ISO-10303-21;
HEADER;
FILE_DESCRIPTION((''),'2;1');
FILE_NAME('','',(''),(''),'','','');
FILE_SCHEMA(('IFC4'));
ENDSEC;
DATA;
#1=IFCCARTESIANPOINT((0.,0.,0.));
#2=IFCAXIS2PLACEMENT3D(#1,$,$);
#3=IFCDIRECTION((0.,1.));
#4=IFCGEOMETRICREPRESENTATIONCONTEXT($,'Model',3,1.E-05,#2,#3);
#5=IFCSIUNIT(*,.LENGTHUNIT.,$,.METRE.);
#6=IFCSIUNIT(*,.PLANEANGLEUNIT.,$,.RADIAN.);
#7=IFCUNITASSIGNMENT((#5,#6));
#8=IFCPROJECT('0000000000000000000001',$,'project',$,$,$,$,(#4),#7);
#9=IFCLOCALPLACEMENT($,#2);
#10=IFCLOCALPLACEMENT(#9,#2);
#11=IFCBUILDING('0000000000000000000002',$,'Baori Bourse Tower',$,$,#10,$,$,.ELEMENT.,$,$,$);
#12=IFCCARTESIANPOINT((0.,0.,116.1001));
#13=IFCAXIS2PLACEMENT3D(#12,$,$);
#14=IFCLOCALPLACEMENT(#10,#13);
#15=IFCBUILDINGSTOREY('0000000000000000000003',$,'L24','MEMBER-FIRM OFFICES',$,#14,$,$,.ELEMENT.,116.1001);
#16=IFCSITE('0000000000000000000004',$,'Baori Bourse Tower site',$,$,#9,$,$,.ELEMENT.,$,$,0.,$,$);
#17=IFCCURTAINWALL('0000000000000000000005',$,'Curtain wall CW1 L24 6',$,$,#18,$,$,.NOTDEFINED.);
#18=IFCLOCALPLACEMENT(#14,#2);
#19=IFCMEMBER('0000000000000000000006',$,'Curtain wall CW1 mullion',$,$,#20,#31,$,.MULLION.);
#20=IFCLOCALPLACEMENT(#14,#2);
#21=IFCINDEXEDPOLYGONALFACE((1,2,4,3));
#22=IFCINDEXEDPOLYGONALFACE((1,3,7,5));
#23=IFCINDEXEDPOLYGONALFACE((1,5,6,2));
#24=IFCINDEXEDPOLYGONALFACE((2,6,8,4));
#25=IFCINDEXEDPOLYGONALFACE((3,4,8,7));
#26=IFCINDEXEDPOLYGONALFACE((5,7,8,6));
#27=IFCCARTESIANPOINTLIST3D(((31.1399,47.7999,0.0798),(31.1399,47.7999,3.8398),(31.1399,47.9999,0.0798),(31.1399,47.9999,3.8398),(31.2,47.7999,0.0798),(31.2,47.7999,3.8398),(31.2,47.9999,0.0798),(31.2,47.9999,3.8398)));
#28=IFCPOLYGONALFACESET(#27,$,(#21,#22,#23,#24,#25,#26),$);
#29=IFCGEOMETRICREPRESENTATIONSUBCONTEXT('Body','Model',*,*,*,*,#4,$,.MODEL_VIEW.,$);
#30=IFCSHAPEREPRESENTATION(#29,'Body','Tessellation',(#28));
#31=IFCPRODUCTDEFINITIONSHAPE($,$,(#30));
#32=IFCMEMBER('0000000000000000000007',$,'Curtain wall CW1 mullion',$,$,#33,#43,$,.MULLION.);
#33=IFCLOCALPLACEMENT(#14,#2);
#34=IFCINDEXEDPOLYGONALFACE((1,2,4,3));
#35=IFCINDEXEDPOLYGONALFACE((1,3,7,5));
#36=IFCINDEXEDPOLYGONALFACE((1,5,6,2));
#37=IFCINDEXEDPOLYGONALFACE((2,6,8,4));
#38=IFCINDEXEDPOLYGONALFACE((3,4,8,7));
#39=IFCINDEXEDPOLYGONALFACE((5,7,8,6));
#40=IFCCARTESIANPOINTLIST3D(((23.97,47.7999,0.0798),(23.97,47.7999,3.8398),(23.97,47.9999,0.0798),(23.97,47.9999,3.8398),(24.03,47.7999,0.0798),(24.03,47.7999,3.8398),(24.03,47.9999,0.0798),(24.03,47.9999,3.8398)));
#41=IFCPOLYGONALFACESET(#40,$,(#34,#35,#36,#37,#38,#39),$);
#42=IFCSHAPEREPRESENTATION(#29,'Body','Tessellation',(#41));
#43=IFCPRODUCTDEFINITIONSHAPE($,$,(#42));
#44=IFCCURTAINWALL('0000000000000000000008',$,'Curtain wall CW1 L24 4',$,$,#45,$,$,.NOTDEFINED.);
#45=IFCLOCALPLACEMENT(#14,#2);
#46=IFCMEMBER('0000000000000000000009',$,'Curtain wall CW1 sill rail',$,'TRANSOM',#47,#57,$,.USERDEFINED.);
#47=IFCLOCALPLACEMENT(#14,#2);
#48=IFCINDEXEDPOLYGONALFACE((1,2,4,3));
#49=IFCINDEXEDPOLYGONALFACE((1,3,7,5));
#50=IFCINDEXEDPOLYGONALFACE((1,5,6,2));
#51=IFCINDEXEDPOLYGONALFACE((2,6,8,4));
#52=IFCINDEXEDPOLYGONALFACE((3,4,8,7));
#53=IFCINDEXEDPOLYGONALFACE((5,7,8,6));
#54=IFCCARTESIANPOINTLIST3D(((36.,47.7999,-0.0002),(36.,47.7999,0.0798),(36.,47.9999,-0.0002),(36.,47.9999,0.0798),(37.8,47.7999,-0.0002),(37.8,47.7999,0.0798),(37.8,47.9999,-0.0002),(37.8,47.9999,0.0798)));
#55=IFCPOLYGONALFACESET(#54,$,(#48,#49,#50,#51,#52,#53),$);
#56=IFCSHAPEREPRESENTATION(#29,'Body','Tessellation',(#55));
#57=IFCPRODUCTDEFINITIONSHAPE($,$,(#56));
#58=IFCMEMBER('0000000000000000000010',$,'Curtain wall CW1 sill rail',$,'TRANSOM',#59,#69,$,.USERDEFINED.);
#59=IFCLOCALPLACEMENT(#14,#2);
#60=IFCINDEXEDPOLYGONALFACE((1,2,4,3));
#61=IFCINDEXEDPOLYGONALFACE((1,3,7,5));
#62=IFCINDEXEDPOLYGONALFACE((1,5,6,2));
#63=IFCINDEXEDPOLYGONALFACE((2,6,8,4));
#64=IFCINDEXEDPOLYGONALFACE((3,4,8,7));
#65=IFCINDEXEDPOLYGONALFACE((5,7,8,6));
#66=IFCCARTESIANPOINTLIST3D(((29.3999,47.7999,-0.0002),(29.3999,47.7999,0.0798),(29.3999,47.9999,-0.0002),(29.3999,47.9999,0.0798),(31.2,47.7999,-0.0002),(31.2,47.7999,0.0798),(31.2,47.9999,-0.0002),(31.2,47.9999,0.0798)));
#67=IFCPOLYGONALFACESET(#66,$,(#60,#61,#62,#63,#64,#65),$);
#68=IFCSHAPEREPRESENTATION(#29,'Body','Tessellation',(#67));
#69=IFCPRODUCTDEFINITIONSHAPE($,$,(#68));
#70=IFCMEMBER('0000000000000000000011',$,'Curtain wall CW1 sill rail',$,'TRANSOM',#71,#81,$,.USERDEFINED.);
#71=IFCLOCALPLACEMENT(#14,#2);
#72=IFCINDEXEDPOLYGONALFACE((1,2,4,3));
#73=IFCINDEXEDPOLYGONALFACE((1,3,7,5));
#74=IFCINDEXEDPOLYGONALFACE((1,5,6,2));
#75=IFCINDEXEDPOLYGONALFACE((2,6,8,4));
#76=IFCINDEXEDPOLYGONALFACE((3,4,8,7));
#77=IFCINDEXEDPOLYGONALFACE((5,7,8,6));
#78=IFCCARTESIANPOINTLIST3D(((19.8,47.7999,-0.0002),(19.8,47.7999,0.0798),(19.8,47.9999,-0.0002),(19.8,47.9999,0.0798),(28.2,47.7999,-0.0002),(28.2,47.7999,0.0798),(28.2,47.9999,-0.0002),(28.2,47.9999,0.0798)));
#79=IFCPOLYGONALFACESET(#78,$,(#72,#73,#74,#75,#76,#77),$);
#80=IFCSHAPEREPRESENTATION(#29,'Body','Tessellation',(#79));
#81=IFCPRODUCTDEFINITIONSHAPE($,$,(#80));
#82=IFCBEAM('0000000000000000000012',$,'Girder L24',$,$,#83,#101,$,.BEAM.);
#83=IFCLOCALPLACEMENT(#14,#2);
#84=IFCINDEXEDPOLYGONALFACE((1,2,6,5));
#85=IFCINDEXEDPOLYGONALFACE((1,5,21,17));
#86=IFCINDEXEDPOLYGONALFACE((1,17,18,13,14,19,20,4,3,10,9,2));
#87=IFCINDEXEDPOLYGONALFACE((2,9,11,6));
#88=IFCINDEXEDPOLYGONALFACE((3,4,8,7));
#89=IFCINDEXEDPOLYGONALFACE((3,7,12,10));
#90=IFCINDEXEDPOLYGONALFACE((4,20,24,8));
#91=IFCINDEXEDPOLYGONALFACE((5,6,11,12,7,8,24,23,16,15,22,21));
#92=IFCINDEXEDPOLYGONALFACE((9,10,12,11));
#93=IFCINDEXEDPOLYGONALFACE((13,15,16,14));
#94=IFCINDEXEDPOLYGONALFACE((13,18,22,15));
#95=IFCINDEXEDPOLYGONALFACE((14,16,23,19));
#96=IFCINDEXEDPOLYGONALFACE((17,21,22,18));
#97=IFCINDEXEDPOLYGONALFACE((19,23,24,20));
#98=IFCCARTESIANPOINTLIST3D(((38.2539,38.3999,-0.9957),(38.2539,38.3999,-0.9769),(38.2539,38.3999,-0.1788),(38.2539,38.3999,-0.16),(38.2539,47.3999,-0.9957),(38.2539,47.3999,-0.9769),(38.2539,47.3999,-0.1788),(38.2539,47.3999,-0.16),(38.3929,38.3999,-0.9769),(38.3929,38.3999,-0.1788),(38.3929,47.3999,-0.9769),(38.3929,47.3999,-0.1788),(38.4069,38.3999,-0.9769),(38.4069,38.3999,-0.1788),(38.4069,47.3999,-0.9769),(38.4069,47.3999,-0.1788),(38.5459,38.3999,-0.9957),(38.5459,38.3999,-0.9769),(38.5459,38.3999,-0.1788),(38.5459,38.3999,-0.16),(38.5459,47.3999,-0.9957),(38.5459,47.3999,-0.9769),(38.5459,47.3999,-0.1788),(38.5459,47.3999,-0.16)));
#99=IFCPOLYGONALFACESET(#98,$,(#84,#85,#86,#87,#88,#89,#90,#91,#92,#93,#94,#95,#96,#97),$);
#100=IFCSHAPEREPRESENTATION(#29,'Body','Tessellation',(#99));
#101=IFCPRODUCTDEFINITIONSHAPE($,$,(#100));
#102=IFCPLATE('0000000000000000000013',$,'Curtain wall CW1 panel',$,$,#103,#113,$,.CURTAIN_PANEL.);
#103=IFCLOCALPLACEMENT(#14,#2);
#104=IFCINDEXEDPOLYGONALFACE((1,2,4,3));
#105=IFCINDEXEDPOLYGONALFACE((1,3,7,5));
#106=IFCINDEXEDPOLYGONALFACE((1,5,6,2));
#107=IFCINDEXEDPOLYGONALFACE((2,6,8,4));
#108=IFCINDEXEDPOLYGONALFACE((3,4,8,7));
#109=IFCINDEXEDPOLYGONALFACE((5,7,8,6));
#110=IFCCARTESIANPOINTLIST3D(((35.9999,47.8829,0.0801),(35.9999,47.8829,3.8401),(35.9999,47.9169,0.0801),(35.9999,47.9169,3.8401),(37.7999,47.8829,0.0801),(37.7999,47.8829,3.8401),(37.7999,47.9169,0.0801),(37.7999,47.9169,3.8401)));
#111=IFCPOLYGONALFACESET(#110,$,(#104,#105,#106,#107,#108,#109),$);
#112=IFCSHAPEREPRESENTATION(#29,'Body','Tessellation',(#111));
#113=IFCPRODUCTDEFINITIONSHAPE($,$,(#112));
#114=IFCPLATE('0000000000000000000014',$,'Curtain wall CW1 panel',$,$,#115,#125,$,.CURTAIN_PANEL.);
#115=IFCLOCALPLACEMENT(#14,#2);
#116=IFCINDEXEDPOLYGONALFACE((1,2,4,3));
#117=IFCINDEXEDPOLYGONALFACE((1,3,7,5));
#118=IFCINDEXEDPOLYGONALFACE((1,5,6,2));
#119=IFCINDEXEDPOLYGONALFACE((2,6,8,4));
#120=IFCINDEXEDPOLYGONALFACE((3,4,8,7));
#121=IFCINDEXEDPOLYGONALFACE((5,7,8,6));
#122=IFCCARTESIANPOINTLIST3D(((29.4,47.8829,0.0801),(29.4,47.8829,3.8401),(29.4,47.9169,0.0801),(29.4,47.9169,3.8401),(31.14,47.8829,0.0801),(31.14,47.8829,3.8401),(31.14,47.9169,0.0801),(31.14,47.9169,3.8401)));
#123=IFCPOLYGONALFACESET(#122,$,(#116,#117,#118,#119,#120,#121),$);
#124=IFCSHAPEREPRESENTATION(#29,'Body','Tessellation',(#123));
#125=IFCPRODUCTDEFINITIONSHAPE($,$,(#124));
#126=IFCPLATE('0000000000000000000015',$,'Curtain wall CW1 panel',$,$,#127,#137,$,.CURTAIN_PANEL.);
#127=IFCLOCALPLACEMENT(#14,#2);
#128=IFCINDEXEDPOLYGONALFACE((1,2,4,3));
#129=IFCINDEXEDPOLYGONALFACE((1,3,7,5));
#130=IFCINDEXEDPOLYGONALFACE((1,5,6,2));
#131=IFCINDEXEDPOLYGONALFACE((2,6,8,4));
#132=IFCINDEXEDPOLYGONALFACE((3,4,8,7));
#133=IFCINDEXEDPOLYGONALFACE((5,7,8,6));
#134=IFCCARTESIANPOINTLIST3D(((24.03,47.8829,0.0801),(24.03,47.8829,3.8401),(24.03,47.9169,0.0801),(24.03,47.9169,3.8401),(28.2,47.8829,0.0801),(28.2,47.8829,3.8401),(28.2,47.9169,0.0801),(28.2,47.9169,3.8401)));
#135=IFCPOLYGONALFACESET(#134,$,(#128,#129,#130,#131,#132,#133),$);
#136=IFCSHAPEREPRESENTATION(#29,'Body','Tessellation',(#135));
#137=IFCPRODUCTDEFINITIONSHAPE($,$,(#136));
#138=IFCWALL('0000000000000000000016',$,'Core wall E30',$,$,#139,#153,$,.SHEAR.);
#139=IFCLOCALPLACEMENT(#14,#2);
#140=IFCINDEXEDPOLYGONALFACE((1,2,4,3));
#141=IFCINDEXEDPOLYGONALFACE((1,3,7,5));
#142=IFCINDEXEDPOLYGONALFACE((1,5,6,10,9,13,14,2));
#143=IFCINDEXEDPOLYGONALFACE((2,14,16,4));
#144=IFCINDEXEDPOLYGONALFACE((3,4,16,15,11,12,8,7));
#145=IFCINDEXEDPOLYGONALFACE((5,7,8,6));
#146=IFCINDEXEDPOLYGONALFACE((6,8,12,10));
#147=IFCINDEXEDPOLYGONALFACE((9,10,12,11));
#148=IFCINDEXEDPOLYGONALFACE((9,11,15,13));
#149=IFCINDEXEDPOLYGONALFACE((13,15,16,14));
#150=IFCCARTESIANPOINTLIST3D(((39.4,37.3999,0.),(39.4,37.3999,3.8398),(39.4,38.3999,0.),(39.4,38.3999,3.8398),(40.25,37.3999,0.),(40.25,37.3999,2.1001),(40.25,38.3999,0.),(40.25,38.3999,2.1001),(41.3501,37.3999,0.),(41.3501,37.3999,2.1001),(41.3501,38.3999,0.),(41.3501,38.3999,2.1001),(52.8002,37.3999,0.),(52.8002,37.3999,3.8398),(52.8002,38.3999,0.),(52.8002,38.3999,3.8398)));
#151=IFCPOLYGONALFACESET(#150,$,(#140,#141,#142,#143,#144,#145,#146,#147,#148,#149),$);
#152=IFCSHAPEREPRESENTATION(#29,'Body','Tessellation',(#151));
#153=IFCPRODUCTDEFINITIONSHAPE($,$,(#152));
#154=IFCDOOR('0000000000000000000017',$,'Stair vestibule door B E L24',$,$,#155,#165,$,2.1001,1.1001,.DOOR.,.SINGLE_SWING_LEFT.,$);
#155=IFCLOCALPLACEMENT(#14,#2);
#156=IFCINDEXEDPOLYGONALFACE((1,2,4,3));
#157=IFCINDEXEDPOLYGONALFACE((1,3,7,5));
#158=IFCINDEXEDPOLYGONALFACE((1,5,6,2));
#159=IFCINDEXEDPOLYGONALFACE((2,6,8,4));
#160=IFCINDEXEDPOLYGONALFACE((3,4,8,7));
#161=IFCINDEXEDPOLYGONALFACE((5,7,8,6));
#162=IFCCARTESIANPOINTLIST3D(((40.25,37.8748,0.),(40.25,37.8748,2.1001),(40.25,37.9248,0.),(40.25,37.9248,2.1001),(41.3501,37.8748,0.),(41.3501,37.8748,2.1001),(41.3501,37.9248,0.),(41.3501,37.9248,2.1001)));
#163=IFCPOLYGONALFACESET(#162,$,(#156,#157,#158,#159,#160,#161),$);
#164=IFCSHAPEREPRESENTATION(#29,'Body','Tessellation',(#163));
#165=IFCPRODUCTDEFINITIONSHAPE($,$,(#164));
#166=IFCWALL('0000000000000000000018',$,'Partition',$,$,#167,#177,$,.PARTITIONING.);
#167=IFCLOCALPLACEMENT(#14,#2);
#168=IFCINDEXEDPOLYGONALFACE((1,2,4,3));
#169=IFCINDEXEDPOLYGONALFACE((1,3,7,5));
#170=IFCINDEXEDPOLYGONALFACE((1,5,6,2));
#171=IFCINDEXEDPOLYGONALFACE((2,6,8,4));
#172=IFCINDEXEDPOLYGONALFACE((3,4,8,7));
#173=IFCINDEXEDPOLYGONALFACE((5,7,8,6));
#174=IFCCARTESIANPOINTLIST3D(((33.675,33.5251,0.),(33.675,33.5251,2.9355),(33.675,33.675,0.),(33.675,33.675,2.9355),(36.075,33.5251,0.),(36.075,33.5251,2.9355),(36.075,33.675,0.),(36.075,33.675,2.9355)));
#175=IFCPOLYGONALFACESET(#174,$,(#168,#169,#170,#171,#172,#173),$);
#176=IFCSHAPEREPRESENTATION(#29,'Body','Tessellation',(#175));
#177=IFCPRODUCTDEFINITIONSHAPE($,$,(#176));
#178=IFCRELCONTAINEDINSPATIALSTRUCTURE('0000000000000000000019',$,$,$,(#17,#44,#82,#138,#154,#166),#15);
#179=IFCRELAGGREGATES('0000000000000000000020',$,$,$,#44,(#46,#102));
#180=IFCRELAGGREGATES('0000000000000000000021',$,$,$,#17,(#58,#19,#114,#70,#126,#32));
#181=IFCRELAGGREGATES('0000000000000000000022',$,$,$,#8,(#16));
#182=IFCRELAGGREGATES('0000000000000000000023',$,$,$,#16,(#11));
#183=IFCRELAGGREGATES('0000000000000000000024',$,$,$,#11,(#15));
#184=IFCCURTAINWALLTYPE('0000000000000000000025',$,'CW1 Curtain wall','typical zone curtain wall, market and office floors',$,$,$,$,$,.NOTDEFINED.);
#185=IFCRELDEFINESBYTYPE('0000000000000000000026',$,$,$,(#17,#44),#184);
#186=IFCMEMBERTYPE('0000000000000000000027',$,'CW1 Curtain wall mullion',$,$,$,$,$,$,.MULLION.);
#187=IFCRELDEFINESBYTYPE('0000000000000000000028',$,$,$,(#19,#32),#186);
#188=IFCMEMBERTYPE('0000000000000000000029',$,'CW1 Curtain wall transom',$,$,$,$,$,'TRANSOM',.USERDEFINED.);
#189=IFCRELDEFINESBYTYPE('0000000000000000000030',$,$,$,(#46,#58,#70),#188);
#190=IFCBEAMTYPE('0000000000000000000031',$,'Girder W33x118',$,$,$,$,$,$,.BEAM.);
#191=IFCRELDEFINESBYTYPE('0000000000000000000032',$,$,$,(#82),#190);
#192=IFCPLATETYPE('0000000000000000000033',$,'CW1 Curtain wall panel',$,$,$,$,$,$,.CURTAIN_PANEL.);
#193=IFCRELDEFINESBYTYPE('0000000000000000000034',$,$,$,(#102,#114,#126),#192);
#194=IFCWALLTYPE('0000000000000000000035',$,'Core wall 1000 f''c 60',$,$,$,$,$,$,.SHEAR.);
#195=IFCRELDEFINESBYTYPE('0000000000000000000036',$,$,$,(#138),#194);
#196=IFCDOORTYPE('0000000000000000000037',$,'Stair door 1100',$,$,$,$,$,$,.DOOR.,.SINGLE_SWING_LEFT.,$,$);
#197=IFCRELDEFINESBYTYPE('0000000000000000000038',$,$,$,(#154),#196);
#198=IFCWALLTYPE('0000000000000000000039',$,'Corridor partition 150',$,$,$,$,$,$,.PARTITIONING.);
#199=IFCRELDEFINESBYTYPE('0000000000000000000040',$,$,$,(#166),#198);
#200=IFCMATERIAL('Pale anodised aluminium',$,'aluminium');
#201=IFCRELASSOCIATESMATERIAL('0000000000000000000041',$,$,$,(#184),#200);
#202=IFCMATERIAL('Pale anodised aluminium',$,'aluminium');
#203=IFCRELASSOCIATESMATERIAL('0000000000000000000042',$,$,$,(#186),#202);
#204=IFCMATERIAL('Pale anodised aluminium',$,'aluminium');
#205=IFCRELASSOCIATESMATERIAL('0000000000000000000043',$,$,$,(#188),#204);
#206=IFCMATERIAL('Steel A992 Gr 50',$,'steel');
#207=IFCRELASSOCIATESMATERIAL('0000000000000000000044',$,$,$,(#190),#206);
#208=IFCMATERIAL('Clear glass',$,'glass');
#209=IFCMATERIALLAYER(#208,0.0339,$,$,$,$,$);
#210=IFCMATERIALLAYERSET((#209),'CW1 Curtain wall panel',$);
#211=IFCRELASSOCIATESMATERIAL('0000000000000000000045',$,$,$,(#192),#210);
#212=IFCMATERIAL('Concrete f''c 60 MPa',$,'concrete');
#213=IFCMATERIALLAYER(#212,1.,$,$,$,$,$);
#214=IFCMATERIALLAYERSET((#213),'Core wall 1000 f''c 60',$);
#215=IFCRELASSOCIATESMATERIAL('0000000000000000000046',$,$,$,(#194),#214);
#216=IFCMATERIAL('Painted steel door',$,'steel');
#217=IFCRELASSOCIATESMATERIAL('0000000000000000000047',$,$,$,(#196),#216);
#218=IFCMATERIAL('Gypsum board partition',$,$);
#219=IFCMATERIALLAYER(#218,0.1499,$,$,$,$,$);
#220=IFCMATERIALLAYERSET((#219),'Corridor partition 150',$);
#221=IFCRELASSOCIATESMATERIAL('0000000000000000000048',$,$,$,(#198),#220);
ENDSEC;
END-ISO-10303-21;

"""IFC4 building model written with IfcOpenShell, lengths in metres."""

from ifc_helpers import new_model, si_unit, direction, frame, frame_2d, origin, origin_2d, place, context, subcontext, project, spatial, rectangle, i_section, extrude, material, layer, layer_set, material_profile, profile_set, type_object, element, fill, aggregate, save


model = new_model("IFC4")

# Units and contexts
model_context = context("Model", 3, precision=1e-05, world=origin(), true_north=direction((0.0, 1.0)))
body_context = subcontext(model_context, "Body", "Model", "MODEL_VIEW")
ifc_project = project(units=[si_unit("LENGTHUNIT", "METRE"), si_unit("PLANEANGLEUNIT", "RADIAN")], contexts=[model_context])

# Site, building, storey
site_placement = place(None, origin())
site = spatial("IfcSite", under=ifc_project, at=site_placement, Name="Baori Bourse Tower site", CompositionType="ELEMENT", RefElevation=0.0)
building_placement = place(site_placement, origin())
building = spatial("IfcBuilding", under=site, at=building_placement, Name="Baori Bourse Tower", CompositionType="ELEMENT")
storey_placement = place(building_placement, frame((0.0, 0.0, 116.1001)))
storey = spatial("IfcBuildingStorey", under=building, at=storey_placement, Name="L24", Description="MEMBER-FIRM OFFICES", CompositionType="ELEMENT", Elevation=116.1001)

# Curtain wall, members
ifc_material_1 = material(Name="Pale anodised aluminium", Category="aluminium")
curtain_wall_type = type_object("IfcCurtainWallType", Name="CW1 Curtain wall", Description="typical zone curtain wall, market and office floors", PredefinedType="NOTDEFINED", material=ifc_material_1)
curtain_wall_1_placement = place(storey_placement, origin())
curtain_wall_1 = element("IfcCurtainWall", 1, at=curtain_wall_1_placement, inside=storey, type_object=curtain_wall_type, Name="Curtain wall CW1 L24 6", PredefinedType="NOTDEFINED")
ifc_material_2 = material(Name="Pale anodised aluminium", Category="aluminium")
ifc_material_profile_1 = material_profile(ifc_material_2, rectangle(XDim=0.2, YDim=0.0601, at=origin_2d()), Name="Mullion 60x200")
ifc_profile_set_1 = profile_set([ifc_material_profile_1], Name="Pale anodised aluminium")
member_type_1 = type_object("IfcMemberType", Name="CW1 Curtain wall mullion", PredefinedType="MULLION", material=ifc_profile_set_1)
member_1_placement = place(storey_placement, frame((31.1699, 47.8999, 0.0798), z_axis=(0.0, 0.0, 1.0), x_axis=(0.0, -1.0, 0.0)))
member_1 = element("IfcMember", 2, at=member_1_placement, type_object=member_type_1, Name="Curtain wall CW1 mullion", PredefinedType="MULLION", context=body_context, shape_type="SweptSolid", body=[
    extrude(rectangle(XDim=0.2, YDim=0.0601, at=origin_2d()), origin(), (0.0, 0.0, 1.0), 3.76),
])
member_2_placement = place(storey_placement, frame((24.0, 47.8999, 0.0798), z_axis=(0.0, 0.0, 1.0), x_axis=(0.0, -1.0, 0.0)))
member_2 = element("IfcMember", 3, at=member_2_placement, type_object=member_type_1, Name="Curtain wall CW1 mullion", PredefinedType="MULLION", context=body_context, shape_type="SweptSolid", body=[
    extrude(rectangle(XDim=0.2, YDim=0.0601, at=origin_2d()), origin(), (0.0, 0.0, 1.0), 3.76),
])

# Curtain wall, member
curtain_wall_2_placement = place(storey_placement, origin())
curtain_wall_2 = element("IfcCurtainWall", 4, at=curtain_wall_2_placement, inside=storey, type_object=curtain_wall_type, Name="Curtain wall CW1 L24 4", PredefinedType="NOTDEFINED")
ifc_material_3 = material(Name="Pale anodised aluminium", Category="aluminium")
ifc_material_profile_2 = material_profile(ifc_material_3, rectangle(XDim=0.2, YDim=0.0801, at=origin_2d()), Name="Transom 80x200")
ifc_profile_set_2 = profile_set([ifc_material_profile_2], Name="Pale anodised aluminium")
member_type_2 = type_object("IfcMemberType", Name="CW1 Curtain wall transom", ElementType="TRANSOM", PredefinedType="USERDEFINED", material=ifc_profile_set_2)
member_3_placement = place(storey_placement, frame((37.8, 47.8999, 0.0398), z_axis=(-1.0, 0.0, 0.0), x_axis=(0.0, -1.0, 0.0)))
member_3 = element("IfcMember", 5, at=member_3_placement, type_object=member_type_2, Name="Curtain wall CW1 sill rail", ObjectType="TRANSOM", PredefinedType="USERDEFINED", context=body_context, shape_type="SweptSolid", body=[
    extrude(rectangle(XDim=0.2, YDim=0.0801, at=origin_2d()), origin(), (0.0, 0.0, 1.0), 1.8),
])

# Members
member_4_placement = place(storey_placement, frame((31.2, 47.8999, 0.0398), z_axis=(-1.0, 0.0, 0.0), x_axis=(0.0, -1.0, 0.0)))
member_4 = element("IfcMember", 6, at=member_4_placement, type_object=member_type_2, Name="Curtain wall CW1 sill rail", ObjectType="TRANSOM", PredefinedType="USERDEFINED", context=body_context, shape_type="SweptSolid", body=[
    extrude(rectangle(XDim=0.2, YDim=0.0801, at=origin_2d()), origin(), (0.0, 0.0, 1.0), 1.8),
])
member_5_placement = place(storey_placement, frame((28.2, 47.8999, 0.0398), z_axis=(-1.0, 0.0, 0.0), x_axis=(0.0, -1.0, 0.0)))
member_5 = element("IfcMember", 7, at=member_5_placement, type_object=member_type_2, Name="Curtain wall CW1 sill rail", ObjectType="TRANSOM", PredefinedType="USERDEFINED", context=body_context, shape_type="SweptSolid", body=[
    extrude(rectangle(XDim=0.2, YDim=0.0801, at=origin_2d()), origin(), (0.0, 0.0, 1.0), 8.3999),
])

# Beam
ifc_material_4 = material(Name="Steel A992 Gr 50", Category="steel")
ifc_material_profile_3 = material_profile(ifc_material_4, i_section(OverallWidth=0.292, OverallDepth=0.8357, WebThickness=0.0139, FlangeThickness=0.0188, at=origin_2d()), Name="W33x118")
ifc_profile_set_3 = profile_set([ifc_material_profile_3], Name="Steel A992 Gr 50")
beam_type = type_object("IfcBeamType", Name="Girder W33x118", PredefinedType="BEAM", material=ifc_profile_set_3)
beam_placement = place(storey_placement, frame((38.3999, 38.3999, -0.5779), z_axis=(0.0, 1.0, 0.0), x_axis=(-1.0, 0.0, 0.0)))
element("IfcBeam", 8, at=beam_placement, inside=storey, type_object=beam_type, Name="Girder L24", PredefinedType="BEAM", context=body_context, shape_type="SweptSolid", body=[
    extrude(i_section(OverallWidth=0.292, OverallDepth=0.8357, WebThickness=0.0139, FlangeThickness=0.0188, at=origin_2d()), origin(), (0.0, 0.0, 1.0), 9.0),
])

# Plates
ifc_material_5 = material(Name="Clear glass", Category="glass")
ifc_layer_1 = layer(ifc_material_5, 0.0339)
ifc_layer_set_1 = layer_set([ifc_layer_1], Name="CW1 Curtain wall panel")
plate_type = type_object("IfcPlateType", Name="CW1 Curtain wall panel", PredefinedType="CURTAIN_PANEL", material=ifc_layer_set_1)
plate_1_placement = place(storey_placement, frame((36.8999, 47.8999, 0.0801), z_axis=(0.0, 0.0, 1.0), x_axis=(-1.0, 0.0, 0.0)))
plate_1 = element("IfcPlate", 9, at=plate_1_placement, type_object=plate_type, Name="Curtain wall CW1 panel", PredefinedType="CURTAIN_PANEL", context=body_context, shape_type="SweptSolid", body=[
    extrude(rectangle(XDim=1.8, YDim=0.0339, at=origin_2d()), origin(), (0.0, 0.0, 1.0), 3.76),
])
aggregate(curtain_wall_2, [member_3, plate_1])
plate_2_placement = place(storey_placement, frame((30.27, 47.8999, 0.0801), z_axis=(0.0, 0.0, 1.0), x_axis=(-1.0, 0.0, 0.0)))
plate_2 = element("IfcPlate", 10, at=plate_2_placement, type_object=plate_type, Name="Curtain wall CW1 panel", PredefinedType="CURTAIN_PANEL", context=body_context, shape_type="SweptSolid", body=[
    extrude(rectangle(XDim=1.74, YDim=0.0339, at=origin_2d()), origin(), (0.0, 0.0, 1.0), 3.76),
])
plate_3_placement = place(storey_placement, frame((26.115, 47.8999, 0.0801), z_axis=(0.0, 0.0, 1.0), x_axis=(-1.0, 0.0, 0.0)))
plate_3 = element("IfcPlate", 11, at=plate_3_placement, type_object=plate_type, Name="Curtain wall CW1 panel", PredefinedType="CURTAIN_PANEL", context=body_context, shape_type="SweptSolid", body=[
    extrude(rectangle(XDim=4.1699, YDim=0.0339, at=origin_2d()), origin(), (0.0, 0.0, 1.0), 3.76),
])
aggregate(curtain_wall_1, [member_4, member_1, plate_2, member_5, plate_3, member_2])

# Wall, opening, door
ifc_material_6 = material(Name="Concrete f'c 60 MPa", Category="concrete")
ifc_layer_2 = layer(ifc_material_6, 1.0)
ifc_layer_set_2 = layer_set([ifc_layer_2], Name="Core wall 1000 f'c 60")
wall_type_1 = type_object("IfcWallType", Name="Core wall 1000 f'c 60", PredefinedType="SHEAR", material=ifc_layer_set_2)
wall_1_placement = place(storey_placement, frame((39.3999, 37.8999, 0.0), z_axis=(0.0, 0.0, 1.0), x_axis=(1.0, 0.0, 0.0)))
wall_1 = element("IfcWall", 12, at=wall_1_placement, inside=storey, type_object=wall_type_1, Name="Core wall E30", PredefinedType="SHEAR", context=body_context, shape_type="SweptSolid", body=[
    extrude(rectangle(XDim=13.4001, YDim=1.0, at=frame_2d((6.7002, 0.0))), origin(), (0.0, 0.0, 1.0), 3.8398),
])
opening_1_placement = place(wall_1_placement, frame((0.8501, 0.0, 0.0)))
opening_1 = element("IfcOpeningElement", 13, at=opening_1_placement, cuts=wall_1, PredefinedType="OPENING", context=body_context, shape_type="SweptSolid", body=[
    extrude(rectangle(XDim=1.1001, YDim=2.1001, at=frame_2d((0.55, 1.05))), frame((0.0, 0.51, 0.0), z_axis=(0.0, -1.0, 0.0), x_axis=(1.0, 0.0, 0.0)), (0.0, 0.0, 1.0), 1.02),
])
ifc_material_7 = material(Name="Painted steel door", Category="steel")
door_type_1 = type_object("IfcDoorType", Name="Stair door 1100", OperationType="SINGLE_SWING_LEFT", PredefinedType="DOOR", material=ifc_material_7)
door_1_placement = place(opening_1_placement, origin())
door_1 = element("IfcDoor", 14, at=door_1_placement, inside=storey, type_object=door_type_1, Name="Stair vestibule door B E L24", OperationType="SINGLE_SWING_LEFT", OverallHeight=2.1001, OverallWidth=1.1001, PredefinedType="DOOR", context=body_context, shape_type="SweptSolid", body=[
    extrude(rectangle(XDim=1.1001, YDim=2.1001, at=frame_2d((0.55, 1.05))), frame((0.0, 0.0249, 0.0), z_axis=(0.0, -1.0, 0.0), x_axis=(1.0, 0.0, 0.0)), (0.0, 0.0, 1.0), 0.05),
])
fill(opening_1, door_1)

# Wall
ifc_material_8 = material(Name="Gypsum board partition")
ifc_layer_3 = layer(ifc_material_8, 0.1499)
ifc_layer_set_3 = layer_set([ifc_layer_3], Name="Corridor partition 150")
wall_type_2 = type_object("IfcWallType", Name="Corridor partition 150", PredefinedType="PARTITIONING", material=ifc_layer_set_3)
wall_2_placement = place(storey_placement, frame((33.675, 33.6001, 0.0), z_axis=(0.0, 0.0, 1.0), x_axis=(1.0, 0.0, 0.0)))
element("IfcWall", 15, at=wall_2_placement, inside=storey, type_object=wall_type_2, Name="Partition", PredefinedType="PARTITIONING", context=body_context, shape_type="SweptSolid", body=[
    extrude(rectangle(XDim=2.3999, YDim=0.1499, at=frame_2d((1.2, 0.0))), origin(), (0.0, 0.0, 1.0), 2.9355),
])

save(model, "model.ifc")
